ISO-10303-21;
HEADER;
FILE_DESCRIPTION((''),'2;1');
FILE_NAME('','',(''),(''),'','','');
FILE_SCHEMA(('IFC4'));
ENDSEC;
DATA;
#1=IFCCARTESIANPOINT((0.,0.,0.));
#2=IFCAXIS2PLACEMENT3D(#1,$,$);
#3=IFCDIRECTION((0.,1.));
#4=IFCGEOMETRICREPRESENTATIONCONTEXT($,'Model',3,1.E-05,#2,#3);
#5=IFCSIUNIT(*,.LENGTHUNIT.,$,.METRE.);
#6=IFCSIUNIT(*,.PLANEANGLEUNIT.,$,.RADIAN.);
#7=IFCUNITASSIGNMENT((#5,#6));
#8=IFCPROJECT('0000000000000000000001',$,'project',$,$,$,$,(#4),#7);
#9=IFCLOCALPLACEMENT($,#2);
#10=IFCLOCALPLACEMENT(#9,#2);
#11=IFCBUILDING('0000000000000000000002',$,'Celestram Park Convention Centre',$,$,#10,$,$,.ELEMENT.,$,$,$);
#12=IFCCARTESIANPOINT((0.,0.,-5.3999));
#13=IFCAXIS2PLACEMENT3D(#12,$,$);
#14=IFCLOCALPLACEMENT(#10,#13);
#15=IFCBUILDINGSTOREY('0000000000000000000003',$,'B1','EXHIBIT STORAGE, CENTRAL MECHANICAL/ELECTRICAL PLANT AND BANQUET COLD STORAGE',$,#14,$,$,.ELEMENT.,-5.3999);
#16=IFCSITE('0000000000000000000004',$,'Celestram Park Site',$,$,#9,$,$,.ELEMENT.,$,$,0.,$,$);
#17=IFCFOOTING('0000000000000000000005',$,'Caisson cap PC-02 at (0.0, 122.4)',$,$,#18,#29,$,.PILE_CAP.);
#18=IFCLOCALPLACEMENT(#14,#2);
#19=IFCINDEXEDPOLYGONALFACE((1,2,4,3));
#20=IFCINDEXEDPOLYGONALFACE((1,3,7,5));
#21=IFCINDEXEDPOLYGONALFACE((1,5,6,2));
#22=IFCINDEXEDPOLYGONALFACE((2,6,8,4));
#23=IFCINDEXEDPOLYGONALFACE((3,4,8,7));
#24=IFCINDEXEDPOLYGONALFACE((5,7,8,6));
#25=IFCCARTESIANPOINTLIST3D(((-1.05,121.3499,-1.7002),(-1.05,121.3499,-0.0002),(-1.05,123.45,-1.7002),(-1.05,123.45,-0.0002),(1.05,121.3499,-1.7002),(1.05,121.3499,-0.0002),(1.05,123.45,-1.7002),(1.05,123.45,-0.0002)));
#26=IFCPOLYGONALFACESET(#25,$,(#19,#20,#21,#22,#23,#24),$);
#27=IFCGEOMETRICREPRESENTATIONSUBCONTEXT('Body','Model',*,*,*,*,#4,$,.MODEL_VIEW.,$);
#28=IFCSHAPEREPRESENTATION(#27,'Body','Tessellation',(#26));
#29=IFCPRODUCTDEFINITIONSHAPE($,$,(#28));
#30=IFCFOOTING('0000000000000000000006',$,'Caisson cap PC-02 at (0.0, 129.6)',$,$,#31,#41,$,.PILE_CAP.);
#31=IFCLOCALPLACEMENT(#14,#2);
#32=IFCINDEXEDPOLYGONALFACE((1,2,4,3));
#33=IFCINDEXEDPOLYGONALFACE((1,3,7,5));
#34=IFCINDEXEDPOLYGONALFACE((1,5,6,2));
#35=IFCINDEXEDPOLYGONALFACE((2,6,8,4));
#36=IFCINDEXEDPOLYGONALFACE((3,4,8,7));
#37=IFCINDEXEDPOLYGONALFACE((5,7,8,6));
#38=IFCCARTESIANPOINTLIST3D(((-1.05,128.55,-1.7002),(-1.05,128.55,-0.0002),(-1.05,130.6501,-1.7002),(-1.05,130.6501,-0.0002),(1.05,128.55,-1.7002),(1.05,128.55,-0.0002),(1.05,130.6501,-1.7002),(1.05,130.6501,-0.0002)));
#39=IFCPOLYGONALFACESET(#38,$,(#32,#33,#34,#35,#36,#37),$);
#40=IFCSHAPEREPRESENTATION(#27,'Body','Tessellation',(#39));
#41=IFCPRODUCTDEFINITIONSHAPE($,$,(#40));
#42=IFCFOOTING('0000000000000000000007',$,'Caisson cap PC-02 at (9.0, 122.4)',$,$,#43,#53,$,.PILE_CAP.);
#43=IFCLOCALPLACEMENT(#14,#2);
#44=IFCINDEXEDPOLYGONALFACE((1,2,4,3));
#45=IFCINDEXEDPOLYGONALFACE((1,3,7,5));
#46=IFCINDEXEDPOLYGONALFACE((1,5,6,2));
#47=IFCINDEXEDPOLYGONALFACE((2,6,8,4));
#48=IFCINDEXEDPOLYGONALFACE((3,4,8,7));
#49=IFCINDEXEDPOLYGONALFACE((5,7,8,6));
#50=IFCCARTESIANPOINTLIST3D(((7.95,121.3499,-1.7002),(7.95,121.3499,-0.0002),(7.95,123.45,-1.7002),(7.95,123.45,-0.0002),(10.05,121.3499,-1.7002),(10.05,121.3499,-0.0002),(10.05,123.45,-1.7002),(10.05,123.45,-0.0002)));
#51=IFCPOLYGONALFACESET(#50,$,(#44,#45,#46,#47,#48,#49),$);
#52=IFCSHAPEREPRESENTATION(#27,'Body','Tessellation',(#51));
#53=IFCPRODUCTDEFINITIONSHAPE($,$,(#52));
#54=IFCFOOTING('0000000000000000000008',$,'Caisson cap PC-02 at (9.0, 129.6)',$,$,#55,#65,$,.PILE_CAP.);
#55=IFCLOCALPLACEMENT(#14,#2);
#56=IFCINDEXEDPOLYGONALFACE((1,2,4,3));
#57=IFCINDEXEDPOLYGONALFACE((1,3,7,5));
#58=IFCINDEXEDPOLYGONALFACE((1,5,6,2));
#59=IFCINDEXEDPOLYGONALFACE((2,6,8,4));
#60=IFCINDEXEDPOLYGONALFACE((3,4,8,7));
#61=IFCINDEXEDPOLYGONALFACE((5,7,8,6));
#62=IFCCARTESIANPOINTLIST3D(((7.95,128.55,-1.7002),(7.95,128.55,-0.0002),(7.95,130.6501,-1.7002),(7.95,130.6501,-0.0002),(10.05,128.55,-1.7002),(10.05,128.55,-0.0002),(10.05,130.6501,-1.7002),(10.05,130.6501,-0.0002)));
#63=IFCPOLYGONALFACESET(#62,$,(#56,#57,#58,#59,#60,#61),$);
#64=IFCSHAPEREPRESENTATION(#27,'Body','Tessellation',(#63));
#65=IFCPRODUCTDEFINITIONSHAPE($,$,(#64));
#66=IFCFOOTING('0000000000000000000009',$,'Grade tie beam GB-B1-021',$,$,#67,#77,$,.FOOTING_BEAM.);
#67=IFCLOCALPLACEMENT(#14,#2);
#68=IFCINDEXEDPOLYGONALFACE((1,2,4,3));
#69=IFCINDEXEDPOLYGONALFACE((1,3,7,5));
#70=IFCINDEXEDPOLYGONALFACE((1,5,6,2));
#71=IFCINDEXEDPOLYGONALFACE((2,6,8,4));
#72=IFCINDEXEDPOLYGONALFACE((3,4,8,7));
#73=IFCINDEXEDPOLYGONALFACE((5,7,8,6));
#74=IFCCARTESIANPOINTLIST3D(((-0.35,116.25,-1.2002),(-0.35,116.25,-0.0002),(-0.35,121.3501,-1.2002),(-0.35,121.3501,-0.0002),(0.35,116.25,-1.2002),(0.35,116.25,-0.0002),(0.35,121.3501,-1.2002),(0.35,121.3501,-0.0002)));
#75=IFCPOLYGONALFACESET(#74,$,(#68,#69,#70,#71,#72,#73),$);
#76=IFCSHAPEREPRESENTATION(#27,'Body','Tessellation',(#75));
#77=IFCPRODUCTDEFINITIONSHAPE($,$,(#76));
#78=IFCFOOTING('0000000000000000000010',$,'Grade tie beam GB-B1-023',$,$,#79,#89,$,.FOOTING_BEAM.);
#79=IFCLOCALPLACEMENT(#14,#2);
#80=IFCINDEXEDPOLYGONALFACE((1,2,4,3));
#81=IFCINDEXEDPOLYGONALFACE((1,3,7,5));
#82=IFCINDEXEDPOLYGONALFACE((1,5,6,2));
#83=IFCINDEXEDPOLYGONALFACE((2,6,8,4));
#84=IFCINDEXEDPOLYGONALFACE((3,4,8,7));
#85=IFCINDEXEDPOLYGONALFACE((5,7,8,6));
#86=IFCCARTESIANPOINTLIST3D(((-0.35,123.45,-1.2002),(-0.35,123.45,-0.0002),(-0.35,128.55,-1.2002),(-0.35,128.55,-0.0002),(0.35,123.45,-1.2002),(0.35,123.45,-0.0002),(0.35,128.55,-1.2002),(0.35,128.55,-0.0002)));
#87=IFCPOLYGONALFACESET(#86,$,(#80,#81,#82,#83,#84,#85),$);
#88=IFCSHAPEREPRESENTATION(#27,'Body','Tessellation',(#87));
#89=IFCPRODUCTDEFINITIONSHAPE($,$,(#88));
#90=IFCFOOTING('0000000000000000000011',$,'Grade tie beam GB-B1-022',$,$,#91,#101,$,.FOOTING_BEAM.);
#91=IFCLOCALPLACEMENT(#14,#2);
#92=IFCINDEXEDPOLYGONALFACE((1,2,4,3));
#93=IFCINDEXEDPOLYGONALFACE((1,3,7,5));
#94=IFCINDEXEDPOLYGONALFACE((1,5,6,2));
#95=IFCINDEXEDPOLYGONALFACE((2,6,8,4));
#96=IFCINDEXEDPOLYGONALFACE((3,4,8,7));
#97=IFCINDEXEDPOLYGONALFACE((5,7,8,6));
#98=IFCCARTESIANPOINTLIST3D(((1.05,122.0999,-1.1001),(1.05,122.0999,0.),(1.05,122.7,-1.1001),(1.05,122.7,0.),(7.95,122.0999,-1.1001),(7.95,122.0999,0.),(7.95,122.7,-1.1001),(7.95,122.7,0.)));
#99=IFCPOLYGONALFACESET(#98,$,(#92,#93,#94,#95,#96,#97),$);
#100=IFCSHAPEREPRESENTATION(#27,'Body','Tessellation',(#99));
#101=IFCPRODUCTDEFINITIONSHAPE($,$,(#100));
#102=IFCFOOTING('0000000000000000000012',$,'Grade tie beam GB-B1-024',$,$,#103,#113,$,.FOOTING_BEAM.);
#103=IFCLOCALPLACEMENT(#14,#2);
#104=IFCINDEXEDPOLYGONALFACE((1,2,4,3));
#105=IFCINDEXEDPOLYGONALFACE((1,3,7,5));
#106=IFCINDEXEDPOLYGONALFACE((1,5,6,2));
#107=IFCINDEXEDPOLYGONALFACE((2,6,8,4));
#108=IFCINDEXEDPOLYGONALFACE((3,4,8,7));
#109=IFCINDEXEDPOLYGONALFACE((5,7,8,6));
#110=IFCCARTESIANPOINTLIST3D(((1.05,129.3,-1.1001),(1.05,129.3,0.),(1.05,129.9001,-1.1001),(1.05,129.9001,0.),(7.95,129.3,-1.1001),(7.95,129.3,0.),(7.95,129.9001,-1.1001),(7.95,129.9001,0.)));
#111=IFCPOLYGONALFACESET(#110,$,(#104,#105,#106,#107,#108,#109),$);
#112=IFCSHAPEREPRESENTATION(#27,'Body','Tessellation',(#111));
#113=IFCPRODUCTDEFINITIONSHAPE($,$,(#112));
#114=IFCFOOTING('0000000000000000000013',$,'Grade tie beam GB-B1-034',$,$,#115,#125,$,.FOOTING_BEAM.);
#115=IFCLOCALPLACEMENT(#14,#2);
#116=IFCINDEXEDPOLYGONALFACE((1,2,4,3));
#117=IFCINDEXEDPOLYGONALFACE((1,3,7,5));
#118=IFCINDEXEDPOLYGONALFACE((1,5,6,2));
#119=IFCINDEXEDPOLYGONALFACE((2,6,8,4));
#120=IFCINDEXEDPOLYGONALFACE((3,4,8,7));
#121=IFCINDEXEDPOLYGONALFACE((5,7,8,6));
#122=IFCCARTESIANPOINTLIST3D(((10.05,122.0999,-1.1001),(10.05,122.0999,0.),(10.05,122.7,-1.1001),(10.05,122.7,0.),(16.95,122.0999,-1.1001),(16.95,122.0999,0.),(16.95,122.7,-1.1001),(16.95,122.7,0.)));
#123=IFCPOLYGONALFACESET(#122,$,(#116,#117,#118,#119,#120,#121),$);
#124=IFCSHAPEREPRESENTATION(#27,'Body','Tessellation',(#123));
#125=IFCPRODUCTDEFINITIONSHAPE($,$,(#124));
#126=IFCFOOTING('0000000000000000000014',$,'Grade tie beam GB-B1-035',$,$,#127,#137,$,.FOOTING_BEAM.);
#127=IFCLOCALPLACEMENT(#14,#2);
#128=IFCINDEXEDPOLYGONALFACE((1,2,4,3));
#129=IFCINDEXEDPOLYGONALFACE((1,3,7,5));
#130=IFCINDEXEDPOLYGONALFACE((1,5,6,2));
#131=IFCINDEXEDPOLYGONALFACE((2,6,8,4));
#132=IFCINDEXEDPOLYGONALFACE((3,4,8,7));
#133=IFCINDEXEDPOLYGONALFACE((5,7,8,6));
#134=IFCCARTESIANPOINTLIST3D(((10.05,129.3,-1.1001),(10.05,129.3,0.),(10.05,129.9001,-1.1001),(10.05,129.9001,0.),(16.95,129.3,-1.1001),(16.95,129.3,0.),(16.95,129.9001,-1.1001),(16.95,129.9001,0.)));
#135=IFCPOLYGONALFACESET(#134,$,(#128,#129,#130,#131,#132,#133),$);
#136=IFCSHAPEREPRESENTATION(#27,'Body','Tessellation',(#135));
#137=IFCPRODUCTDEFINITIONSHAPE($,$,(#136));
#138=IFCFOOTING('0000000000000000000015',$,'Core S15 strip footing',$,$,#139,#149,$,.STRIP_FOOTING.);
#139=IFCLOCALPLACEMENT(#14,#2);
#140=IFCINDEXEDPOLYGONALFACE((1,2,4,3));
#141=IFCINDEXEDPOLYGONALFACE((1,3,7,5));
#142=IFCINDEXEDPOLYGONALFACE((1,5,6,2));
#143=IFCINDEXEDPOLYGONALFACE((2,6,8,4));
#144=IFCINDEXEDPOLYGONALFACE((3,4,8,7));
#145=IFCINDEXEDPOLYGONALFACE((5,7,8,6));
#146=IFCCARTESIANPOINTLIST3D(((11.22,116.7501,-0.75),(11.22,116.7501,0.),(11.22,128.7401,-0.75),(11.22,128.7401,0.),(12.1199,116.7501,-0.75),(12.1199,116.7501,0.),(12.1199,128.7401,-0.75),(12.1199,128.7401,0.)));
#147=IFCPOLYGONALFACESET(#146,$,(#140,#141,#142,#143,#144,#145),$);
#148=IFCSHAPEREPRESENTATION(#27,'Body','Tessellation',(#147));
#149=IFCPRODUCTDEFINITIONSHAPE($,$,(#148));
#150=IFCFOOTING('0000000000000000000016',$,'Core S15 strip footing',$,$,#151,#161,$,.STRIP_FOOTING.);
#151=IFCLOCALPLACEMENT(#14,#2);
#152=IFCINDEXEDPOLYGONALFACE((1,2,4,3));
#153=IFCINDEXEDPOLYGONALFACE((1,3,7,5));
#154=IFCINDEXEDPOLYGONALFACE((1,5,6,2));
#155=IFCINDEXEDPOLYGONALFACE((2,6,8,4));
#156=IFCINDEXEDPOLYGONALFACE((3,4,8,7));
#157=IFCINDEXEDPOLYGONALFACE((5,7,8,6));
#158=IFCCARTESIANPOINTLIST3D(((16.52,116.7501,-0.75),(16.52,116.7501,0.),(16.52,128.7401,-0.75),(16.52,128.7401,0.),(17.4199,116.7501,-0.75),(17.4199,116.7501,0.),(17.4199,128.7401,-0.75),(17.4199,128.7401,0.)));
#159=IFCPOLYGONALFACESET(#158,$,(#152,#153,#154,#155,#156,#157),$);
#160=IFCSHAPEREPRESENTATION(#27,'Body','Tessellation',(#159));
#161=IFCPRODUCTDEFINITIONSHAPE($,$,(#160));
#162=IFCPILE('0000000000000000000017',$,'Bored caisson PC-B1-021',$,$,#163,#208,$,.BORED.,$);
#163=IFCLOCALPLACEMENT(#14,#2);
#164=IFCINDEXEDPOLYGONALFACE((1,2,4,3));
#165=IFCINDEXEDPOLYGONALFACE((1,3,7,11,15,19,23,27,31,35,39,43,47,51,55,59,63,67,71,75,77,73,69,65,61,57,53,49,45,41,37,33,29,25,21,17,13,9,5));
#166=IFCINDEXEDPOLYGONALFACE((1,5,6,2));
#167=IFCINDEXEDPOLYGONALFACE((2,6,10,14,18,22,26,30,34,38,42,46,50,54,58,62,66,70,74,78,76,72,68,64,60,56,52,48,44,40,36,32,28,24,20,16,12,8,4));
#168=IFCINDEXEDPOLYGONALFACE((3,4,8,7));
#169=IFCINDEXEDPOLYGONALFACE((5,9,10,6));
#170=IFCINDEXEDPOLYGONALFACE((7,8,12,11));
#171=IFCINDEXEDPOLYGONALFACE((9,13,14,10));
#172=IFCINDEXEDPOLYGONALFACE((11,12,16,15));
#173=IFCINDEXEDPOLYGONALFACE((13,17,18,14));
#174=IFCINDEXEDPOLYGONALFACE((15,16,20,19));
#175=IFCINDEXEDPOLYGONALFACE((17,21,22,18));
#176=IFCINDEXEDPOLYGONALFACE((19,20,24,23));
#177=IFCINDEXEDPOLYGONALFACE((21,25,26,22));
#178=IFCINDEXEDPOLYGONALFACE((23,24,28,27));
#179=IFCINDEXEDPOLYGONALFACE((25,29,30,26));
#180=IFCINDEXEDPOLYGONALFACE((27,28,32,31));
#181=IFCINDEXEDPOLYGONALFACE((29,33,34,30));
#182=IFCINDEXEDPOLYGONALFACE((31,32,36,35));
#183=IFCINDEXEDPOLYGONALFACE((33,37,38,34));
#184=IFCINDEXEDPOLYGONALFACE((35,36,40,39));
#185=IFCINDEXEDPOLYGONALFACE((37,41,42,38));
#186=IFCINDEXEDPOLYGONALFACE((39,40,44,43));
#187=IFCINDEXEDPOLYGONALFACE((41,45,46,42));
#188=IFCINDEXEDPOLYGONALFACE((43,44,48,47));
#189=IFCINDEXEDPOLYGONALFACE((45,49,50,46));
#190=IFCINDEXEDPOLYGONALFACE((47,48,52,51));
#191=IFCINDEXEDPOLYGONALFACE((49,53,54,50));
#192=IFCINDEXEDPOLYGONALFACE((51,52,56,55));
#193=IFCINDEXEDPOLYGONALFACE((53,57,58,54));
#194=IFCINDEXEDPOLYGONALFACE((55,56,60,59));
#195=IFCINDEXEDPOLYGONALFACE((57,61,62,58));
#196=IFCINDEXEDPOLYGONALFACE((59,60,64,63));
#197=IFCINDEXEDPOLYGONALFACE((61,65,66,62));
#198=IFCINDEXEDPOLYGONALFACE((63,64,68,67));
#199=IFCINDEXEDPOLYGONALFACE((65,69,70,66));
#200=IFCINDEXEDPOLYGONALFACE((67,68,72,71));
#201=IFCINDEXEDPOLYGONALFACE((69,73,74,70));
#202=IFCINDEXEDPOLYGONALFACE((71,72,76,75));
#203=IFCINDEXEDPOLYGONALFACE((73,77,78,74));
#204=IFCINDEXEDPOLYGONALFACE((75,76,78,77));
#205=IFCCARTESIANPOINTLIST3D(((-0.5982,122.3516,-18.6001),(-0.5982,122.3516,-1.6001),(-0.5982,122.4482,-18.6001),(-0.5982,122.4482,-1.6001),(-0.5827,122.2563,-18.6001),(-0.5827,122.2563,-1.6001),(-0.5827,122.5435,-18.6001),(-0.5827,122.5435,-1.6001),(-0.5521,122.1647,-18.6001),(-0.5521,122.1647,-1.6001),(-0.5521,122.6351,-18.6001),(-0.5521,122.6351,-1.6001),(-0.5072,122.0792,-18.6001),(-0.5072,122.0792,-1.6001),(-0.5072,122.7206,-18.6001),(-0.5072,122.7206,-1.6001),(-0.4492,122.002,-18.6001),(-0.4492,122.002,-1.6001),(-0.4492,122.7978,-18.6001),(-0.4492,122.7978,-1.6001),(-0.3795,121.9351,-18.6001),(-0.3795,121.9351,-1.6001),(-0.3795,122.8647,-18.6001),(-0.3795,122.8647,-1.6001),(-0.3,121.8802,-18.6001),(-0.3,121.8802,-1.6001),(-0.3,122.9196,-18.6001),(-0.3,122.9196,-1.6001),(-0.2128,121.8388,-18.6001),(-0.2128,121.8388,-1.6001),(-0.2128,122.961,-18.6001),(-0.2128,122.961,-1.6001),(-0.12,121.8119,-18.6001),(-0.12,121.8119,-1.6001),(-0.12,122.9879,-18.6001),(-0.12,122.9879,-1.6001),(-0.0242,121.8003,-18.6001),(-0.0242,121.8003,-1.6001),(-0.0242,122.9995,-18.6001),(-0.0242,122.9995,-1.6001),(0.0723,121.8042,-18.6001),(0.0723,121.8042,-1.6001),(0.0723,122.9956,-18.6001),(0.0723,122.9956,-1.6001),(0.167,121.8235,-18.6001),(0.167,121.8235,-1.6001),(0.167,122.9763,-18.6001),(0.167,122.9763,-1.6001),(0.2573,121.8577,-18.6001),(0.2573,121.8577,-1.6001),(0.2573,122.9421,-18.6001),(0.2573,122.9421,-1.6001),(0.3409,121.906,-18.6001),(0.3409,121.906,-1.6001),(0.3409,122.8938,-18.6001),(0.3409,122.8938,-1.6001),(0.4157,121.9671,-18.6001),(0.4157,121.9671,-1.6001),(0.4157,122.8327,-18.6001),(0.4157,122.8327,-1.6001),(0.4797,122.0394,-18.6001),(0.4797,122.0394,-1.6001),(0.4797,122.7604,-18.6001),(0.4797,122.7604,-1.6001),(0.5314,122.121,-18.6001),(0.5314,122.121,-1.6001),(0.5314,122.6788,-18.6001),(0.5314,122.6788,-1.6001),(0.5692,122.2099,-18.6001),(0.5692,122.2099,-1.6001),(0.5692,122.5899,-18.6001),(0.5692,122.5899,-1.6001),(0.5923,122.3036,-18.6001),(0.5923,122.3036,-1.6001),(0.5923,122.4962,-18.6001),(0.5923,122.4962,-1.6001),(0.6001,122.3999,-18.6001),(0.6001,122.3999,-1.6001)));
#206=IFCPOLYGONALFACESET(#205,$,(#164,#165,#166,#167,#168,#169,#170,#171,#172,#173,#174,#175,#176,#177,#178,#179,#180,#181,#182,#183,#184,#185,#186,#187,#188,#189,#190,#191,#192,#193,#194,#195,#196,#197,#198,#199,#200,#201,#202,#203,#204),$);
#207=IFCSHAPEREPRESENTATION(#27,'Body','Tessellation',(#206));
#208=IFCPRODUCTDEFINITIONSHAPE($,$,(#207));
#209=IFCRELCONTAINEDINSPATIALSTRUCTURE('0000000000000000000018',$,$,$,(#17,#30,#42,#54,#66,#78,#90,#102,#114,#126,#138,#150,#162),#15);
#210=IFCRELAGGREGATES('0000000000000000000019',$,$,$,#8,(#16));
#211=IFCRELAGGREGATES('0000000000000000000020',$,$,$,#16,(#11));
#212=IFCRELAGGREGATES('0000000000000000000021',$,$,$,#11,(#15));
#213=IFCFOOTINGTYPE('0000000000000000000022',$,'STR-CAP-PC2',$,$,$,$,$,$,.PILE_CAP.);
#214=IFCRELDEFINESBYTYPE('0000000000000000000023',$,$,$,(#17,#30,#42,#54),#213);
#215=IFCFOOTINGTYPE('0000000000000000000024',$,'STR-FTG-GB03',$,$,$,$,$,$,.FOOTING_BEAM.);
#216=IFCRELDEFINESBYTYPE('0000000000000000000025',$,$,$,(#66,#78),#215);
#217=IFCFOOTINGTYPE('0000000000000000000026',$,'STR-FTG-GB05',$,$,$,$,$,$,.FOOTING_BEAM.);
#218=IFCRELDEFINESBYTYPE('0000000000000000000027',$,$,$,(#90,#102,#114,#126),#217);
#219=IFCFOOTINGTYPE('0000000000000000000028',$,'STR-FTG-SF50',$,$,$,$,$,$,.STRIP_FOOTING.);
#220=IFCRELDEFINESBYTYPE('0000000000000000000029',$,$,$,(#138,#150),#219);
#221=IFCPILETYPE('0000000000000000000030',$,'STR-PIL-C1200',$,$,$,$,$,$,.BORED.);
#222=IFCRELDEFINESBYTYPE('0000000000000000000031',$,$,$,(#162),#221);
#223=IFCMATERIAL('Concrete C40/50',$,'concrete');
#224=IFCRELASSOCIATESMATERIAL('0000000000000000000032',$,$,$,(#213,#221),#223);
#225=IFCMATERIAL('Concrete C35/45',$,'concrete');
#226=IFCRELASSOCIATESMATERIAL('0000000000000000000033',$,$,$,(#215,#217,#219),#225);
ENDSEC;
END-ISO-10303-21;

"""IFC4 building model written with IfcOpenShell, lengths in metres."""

from ifc_helpers import new_model, si_unit, direction, frame, origin, origin_2d, place, context, subcontext, project, spatial, rectangle, circle, extrude, material, material_profile, profile_set, type_object, element, save


model = new_model("IFC4")

# Units and contexts
model_context = context("Model", 3, precision=1e-05, world=origin(), true_north=direction((0.0, 1.0)))
body_context = subcontext(model_context, "Body", "Model", "MODEL_VIEW")
ifc_project = project(units=[si_unit("LENGTHUNIT", "METRE"), si_unit("PLANEANGLEUNIT", "RADIAN")], contexts=[model_context])

# Site, building, storey
site_placement = place(None, origin())
site = spatial("IfcSite", under=ifc_project, at=site_placement, Name="Celestram Park Site", CompositionType="ELEMENT", RefElevation=0.0)
building_placement = place(site_placement, origin())
building = spatial("IfcBuilding", under=site, at=building_placement, Name="Celestram Park Convention Centre", CompositionType="ELEMENT")
storey_placement = place(building_placement, frame((0.0, 0.0, -5.3999)))
storey = spatial("IfcBuildingStorey", under=building, at=storey_placement, Name="B1", Description="EXHIBIT STORAGE, CENTRAL MECHANICAL/ELECTRICAL PLANT AND BANQUET COLD STORAGE", CompositionType="ELEMENT", Elevation=-5.3999)

# Footings
ifc_material_1 = material(Name="Concrete C40/50", Category="concrete")
footing_type_1 = type_object("IfcFootingType", Name="STR-CAP-PC2", PredefinedType="PILE_CAP", material=ifc_material_1)
for number, where, z_axis, x_axis, name in (
    (1, (0.0, 122.3999, -1.7002), (0.0, 0.0, 1.0), (1.0, 0.0, 0.0), "Caisson cap PC-02 at (0.0, 122.4)"),
    (2, (0.0, 129.6001, -1.7002), (0.0, 0.0, 1.0), (1.0, 0.0, 0.0), "Caisson cap PC-02 at (0.0, 129.6)"),
    (3, (9.0, 122.3999, -1.7002), (0.0, 0.0, 1.0), (1.0, 0.0, 0.0), "Caisson cap PC-02 at (9.0, 122.4)"),
    (4, (9.0, 129.6001, -1.7002), (0.0, 0.0, 1.0), (1.0, 0.0, 0.0), "Caisson cap PC-02 at (9.0, 129.6)"),
):
    element("IfcFooting", number, at=place(storey_placement, frame(where, z_axis=z_axis, x_axis=x_axis)), inside=storey, type_object=footing_type_1, Name=name, PredefinedType="PILE_CAP", context=body_context, shape_type="SweptSolid", body=[
        extrude(rectangle(XDim=2.1001, YDim=2.1001, at=origin_2d()), origin(), (0.0, 0.0, 1.0), 1.7),
    ])
ifc_material_2 = material(Name="Concrete C35/45", Category="concrete")
footing_type_2 = type_object("IfcFootingType", Name="STR-FTG-GB03", PredefinedType="FOOTING_BEAM", material=ifc_material_2)
for number, where, z_axis, x_axis, name in (
    (5, (0.0, 118.8, -1.2002), (0.0, 0.0, 1.0), (0.0, 1.0, 0.0), "Grade tie beam GB-B1-021"),
    (6, (0.0, 126.0, -1.2002), (0.0, 0.0, 1.0), (0.0, 1.0, 0.0), "Grade tie beam GB-B1-023"),
):
    element("IfcFooting", number, at=place(storey_placement, frame(where, z_axis=z_axis, x_axis=x_axis)), inside=storey, type_object=footing_type_2, Name=name, PredefinedType="FOOTING_BEAM", context=body_context, shape_type="SweptSolid", body=[
        extrude(rectangle(XDim=5.1001, YDim=0.7, at=origin_2d()), origin(), (0.0, 0.0, 1.0), 1.2),
    ])
footing_type_3 = type_object("IfcFootingType", Name="STR-FTG-GB05", PredefinedType="FOOTING_BEAM", material=ifc_material_2)
for number, where, z_axis, x_axis, name in (
    (7, (4.5, 122.3999, -1.1001), (0.0, 0.0, 1.0), (1.0, 0.0, 0.0), "Grade tie beam GB-B1-022"),
    (8, (4.5, 129.6001, -1.1001), (0.0, 0.0, 1.0), (1.0, 0.0, 0.0), "Grade tie beam GB-B1-024"),
    (9, (13.5, 122.3999, -1.1001), (0.0, 0.0, 1.0), (1.0, 0.0, 0.0), "Grade tie beam GB-B1-034"),
    (10, (13.5, 129.6001, -1.1001), (0.0, 0.0, 1.0), (1.0, 0.0, 0.0), "Grade tie beam GB-B1-035"),
):
    element("IfcFooting", number, at=place(storey_placement, frame(where, z_axis=z_axis, x_axis=x_axis)), inside=storey, type_object=footing_type_3, Name=name, PredefinedType="FOOTING_BEAM", context=body_context, shape_type="SweptSolid", body=[
        extrude(rectangle(XDim=6.8999, YDim=0.6001, at=origin_2d()), origin(), (0.0, 0.0, 1.0), 1.1001),
    ])
footing_type_4 = type_object("IfcFootingType", Name="STR-FTG-SF50", PredefinedType="STRIP_FOOTING", material=ifc_material_2)
for number, where, z_axis, x_axis, name in (
    (11, (11.6699, 122.7451, -0.75), (0.0, 0.0, 1.0), (0.0, 1.0, 0.0), "Core S15 strip footing"),
    (12, (16.97, 122.7451, -0.75), (0.0, 0.0, 1.0), (0.0, 1.0, 0.0), "Core S15 strip footing"),
):
    element("IfcFooting", number, at=place(storey_placement, frame(where, z_axis=z_axis, x_axis=x_axis)), inside=storey, type_object=footing_type_4, Name=name, PredefinedType="STRIP_FOOTING", context=body_context, shape_type="SweptSolid", body=[
        extrude(rectangle(XDim=11.99, YDim=0.8999, at=origin_2d()), origin(), (0.0, 0.0, 1.0), 0.75),
    ])

# Pile
ifc_material_profile_1 = material_profile(ifc_material_1, circle(Radius=0.6001, at=origin_2d()), Name="CAISSON1200")
ifc_profile_set_1 = profile_set([ifc_material_profile_1], Name="Concrete C40/50")
pile_type = type_object("IfcPileType", Name="STR-PIL-C1200", PredefinedType="BORED", material=ifc_profile_set_1)
for number, where, z_axis, x_axis, name in (
    (13, (0.0, 122.3999, -1.6001), (0.0, 0.0, -1.0), (1.0, 0.0, 0.0), "Bored caisson PC-B1-021"),
):
    element("IfcPile", number, at=place(storey_placement, frame(where, z_axis=z_axis, x_axis=x_axis)), inside=storey, type_object=pile_type, Name=name, PredefinedType="BORED", context=body_context, shape_type="SweptSolid", body=[
        extrude(circle(Radius=0.6001, at=origin_2d()), origin(), (0.0, 0.0, 1.0), 17.0),
    ])

save(model, "model.ifc")
